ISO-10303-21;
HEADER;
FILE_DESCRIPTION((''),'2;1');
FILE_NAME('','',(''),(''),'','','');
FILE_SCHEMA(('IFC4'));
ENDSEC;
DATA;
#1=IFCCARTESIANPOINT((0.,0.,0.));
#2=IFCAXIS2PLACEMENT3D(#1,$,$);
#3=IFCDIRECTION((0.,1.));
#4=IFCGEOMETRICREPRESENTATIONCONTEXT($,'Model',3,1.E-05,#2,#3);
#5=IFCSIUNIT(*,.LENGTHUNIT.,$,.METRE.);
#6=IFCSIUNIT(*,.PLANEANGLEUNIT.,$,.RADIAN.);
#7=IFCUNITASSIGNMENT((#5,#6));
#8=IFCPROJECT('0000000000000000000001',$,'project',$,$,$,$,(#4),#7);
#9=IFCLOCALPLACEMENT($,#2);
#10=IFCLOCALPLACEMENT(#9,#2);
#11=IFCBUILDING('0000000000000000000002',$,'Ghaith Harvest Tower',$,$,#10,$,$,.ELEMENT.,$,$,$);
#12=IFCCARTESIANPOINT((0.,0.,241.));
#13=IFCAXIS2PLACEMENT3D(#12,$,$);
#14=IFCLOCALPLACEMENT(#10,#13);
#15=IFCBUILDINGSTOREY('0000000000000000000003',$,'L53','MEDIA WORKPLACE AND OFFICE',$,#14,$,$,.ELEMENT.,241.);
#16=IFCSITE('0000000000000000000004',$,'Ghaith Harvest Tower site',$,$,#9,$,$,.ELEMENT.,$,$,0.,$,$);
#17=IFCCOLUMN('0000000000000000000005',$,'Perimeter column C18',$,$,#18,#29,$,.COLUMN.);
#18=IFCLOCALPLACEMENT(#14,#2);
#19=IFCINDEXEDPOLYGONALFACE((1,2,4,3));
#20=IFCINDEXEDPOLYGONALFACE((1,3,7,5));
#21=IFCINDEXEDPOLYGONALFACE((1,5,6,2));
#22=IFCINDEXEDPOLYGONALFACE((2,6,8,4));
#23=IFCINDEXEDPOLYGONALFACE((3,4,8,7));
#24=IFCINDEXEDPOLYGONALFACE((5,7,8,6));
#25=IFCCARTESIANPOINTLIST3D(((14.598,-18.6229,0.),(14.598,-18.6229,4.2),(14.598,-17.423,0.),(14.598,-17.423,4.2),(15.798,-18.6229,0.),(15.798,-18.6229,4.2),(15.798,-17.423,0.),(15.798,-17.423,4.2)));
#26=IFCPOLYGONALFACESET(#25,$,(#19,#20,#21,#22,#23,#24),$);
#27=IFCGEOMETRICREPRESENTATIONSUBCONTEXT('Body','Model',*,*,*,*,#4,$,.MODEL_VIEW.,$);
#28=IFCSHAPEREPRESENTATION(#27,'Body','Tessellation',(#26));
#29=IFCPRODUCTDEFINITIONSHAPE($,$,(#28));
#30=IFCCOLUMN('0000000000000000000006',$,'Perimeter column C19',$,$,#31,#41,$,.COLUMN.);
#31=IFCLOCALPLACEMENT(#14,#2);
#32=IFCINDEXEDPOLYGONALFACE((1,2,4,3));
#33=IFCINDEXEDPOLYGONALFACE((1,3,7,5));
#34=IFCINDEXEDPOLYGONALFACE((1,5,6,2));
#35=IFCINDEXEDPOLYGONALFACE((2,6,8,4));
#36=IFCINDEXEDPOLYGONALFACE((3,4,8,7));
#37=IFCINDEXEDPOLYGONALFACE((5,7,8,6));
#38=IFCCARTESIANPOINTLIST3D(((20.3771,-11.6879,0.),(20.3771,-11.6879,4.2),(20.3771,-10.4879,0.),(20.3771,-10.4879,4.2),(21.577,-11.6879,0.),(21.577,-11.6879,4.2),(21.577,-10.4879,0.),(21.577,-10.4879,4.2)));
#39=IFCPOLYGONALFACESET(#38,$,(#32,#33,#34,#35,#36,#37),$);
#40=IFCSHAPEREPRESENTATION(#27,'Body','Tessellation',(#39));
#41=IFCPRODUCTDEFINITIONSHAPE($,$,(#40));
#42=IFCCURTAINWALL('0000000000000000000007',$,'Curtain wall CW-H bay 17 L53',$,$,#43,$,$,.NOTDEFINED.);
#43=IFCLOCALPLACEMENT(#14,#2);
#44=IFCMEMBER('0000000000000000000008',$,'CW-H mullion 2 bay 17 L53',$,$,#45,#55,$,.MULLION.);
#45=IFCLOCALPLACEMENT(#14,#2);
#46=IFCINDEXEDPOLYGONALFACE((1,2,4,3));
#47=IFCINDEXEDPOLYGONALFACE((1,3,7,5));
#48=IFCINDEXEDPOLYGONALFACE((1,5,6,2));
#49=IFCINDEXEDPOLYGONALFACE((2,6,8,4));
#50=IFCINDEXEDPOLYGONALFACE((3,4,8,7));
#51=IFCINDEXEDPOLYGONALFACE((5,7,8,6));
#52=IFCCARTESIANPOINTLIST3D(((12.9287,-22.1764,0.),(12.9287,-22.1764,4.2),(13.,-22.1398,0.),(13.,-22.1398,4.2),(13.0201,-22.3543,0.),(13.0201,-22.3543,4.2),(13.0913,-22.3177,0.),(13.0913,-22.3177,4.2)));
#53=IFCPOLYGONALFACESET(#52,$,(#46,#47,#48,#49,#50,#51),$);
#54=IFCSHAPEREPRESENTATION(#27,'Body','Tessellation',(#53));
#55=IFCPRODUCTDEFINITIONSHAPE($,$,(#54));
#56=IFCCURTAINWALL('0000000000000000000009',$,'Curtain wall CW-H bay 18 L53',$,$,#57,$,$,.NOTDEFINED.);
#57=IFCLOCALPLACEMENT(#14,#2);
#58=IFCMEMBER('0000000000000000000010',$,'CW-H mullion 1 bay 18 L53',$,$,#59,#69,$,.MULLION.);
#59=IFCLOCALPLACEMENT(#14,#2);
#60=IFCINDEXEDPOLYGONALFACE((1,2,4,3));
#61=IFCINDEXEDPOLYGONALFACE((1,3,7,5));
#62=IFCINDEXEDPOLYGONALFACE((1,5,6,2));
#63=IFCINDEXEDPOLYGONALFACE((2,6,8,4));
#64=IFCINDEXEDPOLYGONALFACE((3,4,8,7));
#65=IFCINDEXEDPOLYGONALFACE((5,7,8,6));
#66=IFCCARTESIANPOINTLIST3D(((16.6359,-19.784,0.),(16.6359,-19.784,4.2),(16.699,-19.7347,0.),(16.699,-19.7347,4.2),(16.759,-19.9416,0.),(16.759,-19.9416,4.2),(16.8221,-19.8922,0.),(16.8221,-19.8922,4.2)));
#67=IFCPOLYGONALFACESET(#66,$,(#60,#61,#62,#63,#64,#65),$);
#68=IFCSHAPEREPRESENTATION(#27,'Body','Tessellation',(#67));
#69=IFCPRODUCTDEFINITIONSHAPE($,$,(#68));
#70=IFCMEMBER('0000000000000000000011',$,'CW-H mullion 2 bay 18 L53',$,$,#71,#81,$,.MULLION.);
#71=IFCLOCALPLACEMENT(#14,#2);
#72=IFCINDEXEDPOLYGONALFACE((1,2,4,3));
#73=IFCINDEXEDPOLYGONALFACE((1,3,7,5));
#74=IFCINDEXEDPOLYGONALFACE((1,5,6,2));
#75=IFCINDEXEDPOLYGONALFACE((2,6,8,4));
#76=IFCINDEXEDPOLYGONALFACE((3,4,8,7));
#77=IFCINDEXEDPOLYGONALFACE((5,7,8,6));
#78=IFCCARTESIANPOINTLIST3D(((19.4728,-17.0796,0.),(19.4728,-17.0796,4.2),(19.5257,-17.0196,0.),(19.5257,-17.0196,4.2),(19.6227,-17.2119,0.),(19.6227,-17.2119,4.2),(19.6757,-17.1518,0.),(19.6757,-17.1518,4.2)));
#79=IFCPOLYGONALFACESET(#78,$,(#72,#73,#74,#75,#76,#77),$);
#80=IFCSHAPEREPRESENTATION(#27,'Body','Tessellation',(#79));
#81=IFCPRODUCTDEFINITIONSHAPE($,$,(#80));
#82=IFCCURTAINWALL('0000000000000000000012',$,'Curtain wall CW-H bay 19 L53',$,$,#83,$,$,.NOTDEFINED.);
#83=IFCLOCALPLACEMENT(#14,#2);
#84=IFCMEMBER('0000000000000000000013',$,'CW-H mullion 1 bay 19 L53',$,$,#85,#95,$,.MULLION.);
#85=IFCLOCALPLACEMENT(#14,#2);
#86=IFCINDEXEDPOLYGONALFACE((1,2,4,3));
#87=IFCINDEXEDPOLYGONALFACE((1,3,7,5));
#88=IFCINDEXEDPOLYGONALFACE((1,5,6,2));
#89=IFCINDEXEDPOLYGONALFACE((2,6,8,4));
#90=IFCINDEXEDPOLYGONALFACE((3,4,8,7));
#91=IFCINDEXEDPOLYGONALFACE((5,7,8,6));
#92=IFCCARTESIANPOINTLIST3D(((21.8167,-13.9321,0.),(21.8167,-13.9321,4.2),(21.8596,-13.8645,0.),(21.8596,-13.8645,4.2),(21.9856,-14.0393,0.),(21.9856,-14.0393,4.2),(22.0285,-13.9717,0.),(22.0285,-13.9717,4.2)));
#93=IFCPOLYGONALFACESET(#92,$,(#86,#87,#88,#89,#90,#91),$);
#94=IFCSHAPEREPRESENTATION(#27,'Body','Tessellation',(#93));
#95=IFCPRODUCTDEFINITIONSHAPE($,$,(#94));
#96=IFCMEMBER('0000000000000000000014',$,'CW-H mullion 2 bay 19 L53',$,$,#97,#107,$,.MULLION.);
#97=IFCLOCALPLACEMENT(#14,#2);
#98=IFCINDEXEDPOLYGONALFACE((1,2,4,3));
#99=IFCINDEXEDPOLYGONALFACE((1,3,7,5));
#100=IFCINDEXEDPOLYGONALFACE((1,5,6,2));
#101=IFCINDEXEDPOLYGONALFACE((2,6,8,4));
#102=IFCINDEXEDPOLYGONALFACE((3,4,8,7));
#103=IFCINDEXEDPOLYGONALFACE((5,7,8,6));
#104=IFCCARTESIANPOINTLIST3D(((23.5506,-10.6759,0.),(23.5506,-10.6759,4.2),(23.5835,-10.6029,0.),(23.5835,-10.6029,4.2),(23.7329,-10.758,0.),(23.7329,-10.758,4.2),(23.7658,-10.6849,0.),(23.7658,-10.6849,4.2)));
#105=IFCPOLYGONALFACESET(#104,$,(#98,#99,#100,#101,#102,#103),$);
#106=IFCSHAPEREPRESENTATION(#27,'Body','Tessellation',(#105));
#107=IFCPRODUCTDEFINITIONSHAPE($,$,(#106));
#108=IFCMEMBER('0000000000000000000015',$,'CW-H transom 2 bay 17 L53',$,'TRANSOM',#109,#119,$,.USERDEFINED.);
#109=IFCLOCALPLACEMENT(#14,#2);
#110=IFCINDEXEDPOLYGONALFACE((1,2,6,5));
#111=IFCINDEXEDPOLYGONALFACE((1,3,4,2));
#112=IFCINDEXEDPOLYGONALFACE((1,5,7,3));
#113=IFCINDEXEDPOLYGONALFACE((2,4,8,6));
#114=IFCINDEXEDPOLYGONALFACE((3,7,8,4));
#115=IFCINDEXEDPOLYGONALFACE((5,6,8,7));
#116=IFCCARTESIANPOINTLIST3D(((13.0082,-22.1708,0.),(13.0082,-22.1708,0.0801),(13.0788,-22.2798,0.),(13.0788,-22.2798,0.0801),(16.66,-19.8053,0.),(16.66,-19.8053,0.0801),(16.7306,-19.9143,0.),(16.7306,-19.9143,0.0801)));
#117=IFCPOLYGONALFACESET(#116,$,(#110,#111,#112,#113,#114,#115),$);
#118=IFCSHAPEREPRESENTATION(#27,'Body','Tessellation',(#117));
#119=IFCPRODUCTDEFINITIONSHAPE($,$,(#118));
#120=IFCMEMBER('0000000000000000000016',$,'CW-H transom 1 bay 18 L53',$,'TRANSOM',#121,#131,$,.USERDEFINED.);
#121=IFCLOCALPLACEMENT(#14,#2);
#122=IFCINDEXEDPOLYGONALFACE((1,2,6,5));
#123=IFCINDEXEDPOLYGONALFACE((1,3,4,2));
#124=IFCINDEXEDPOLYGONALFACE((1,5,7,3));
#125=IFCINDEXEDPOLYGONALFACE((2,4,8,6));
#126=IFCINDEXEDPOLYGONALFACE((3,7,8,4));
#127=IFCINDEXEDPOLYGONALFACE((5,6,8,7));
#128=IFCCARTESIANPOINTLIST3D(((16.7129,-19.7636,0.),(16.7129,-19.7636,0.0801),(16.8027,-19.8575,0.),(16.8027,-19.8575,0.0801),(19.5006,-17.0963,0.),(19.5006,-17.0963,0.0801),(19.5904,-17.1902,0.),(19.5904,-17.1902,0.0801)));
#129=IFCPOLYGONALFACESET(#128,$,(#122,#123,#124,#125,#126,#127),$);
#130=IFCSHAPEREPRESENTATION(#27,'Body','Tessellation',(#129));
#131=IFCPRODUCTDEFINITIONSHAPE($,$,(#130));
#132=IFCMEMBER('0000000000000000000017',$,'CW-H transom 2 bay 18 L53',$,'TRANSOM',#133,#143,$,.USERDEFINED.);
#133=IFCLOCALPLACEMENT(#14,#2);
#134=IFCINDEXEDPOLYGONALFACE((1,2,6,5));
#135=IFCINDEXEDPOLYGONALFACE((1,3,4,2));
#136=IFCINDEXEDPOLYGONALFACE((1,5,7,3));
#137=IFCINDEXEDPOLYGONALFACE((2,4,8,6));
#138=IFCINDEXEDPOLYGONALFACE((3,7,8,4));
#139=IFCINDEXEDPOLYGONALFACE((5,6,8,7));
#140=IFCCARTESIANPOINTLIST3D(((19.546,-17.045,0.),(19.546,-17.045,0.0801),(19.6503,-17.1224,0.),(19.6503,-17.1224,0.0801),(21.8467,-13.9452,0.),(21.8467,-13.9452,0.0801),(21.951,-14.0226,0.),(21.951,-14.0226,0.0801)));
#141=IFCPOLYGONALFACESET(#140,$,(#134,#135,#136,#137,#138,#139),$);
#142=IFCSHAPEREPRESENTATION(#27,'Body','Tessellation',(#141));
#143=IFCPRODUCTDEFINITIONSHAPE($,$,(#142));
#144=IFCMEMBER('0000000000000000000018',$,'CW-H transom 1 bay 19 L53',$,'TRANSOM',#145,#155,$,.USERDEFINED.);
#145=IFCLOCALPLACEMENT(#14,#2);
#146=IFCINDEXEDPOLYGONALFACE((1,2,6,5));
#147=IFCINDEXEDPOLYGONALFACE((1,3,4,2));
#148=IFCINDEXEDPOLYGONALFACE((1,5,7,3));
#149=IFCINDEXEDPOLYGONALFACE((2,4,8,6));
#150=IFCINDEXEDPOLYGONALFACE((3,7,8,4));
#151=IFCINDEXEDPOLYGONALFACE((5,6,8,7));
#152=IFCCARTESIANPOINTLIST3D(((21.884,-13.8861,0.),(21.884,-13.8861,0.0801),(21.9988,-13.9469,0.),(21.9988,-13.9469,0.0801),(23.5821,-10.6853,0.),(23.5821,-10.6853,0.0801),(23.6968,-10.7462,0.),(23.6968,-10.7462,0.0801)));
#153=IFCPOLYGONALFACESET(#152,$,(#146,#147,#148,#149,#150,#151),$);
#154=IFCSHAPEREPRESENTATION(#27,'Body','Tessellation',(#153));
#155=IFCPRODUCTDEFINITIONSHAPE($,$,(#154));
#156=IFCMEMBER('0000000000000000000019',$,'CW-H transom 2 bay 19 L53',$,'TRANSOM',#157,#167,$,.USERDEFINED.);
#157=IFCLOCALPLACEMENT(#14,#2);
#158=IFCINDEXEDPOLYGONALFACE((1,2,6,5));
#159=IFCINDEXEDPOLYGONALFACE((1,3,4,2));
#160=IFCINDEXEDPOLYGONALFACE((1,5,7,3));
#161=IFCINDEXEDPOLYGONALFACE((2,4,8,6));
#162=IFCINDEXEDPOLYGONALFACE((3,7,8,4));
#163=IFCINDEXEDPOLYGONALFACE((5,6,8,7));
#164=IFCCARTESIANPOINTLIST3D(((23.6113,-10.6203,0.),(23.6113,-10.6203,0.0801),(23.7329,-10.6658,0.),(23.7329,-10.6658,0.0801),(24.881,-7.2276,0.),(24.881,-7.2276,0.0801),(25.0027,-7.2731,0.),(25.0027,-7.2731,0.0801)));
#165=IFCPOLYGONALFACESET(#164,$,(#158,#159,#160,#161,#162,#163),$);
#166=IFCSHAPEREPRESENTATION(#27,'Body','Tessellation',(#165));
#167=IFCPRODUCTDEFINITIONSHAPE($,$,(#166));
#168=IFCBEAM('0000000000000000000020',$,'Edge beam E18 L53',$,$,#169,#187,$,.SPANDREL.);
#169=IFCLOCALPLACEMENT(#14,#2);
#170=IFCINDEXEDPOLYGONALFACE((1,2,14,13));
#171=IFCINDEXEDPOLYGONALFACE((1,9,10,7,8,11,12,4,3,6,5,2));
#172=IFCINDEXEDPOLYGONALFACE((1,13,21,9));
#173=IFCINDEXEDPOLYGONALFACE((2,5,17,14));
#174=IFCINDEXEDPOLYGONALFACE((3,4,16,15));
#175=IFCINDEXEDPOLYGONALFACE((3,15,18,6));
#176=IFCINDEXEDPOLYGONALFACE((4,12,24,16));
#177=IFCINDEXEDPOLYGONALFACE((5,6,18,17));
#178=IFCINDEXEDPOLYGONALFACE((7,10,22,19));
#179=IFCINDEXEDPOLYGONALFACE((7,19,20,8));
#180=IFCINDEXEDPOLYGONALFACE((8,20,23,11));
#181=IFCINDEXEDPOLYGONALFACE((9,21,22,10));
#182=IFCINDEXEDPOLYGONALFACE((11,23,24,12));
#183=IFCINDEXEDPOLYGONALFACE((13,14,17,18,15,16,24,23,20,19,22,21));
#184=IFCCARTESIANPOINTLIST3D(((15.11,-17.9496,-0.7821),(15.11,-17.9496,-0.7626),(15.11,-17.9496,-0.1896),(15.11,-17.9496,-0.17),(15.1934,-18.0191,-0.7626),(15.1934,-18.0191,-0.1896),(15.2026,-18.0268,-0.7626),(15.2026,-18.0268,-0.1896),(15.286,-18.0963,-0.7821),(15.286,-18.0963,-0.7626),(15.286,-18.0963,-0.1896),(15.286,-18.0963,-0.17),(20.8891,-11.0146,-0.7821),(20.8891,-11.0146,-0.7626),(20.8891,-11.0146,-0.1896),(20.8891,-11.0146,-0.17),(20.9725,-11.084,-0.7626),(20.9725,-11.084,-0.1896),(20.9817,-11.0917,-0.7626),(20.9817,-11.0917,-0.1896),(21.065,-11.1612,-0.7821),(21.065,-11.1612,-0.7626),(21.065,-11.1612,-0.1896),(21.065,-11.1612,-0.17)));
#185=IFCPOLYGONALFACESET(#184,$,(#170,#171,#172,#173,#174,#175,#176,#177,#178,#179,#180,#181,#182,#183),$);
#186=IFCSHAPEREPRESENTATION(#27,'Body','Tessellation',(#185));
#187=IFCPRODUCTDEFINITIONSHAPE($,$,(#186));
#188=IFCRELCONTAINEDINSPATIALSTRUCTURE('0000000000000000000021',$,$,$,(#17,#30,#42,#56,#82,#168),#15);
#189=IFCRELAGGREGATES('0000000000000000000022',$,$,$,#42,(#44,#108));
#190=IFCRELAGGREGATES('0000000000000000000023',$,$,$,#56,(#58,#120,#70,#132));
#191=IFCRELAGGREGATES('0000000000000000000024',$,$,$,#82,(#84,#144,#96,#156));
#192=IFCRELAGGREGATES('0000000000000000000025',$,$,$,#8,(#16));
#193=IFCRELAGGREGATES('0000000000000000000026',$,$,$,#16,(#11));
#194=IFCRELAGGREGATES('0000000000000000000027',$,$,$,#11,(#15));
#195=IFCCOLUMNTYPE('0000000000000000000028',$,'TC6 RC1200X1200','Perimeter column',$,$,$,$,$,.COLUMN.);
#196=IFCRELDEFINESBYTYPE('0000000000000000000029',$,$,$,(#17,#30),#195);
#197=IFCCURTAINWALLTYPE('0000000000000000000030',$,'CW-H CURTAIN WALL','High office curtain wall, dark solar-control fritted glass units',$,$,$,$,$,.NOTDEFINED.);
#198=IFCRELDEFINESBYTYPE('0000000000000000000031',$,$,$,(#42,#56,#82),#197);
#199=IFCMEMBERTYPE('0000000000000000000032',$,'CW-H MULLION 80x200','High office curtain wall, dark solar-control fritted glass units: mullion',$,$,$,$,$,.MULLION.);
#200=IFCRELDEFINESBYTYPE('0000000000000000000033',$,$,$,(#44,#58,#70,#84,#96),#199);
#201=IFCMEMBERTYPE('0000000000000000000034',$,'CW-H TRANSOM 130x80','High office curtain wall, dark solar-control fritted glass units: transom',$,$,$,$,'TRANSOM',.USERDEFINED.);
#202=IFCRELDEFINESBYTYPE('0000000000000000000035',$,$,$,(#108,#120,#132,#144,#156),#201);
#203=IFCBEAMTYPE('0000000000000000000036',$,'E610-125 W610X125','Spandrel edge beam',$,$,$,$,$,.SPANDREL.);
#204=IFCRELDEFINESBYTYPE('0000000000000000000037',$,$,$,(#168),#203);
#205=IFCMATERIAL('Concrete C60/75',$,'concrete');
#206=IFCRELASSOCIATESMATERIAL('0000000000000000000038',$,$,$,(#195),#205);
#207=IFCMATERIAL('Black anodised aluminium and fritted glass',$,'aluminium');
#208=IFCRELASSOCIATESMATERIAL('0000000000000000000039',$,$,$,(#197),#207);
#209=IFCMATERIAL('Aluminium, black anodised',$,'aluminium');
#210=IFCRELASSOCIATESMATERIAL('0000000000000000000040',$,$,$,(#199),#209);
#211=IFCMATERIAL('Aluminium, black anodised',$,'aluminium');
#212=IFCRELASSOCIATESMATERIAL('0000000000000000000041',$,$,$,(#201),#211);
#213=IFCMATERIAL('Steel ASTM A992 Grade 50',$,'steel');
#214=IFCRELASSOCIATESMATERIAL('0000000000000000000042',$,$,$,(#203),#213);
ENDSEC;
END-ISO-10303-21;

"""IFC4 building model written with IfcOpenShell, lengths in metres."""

from ifc_helpers import new_model, si_unit, direction, frame, origin, origin_2d, place, context, subcontext, project, spatial, rectangle, i_section, extrude, material, material_profile, profile_set, type_object, element, aggregate, save


model = new_model("IFC4")

# Units and contexts
model_context = context("Model", 3, precision=1e-05, world=origin(), true_north=direction((0.0, 1.0)))
body_context = subcontext(model_context, "Body", "Model", "MODEL_VIEW")
ifc_project = project(units=[si_unit("LENGTHUNIT", "METRE"), si_unit("PLANEANGLEUNIT", "RADIAN")], contexts=[model_context])

# Site, building, storey
site_placement = place(None, origin())
site = spatial("IfcSite", under=ifc_project, at=site_placement, Name="Ghaith Harvest Tower site", CompositionType="ELEMENT", RefElevation=0.0)
building_placement = place(site_placement, origin())
building = spatial("IfcBuilding", under=site, at=building_placement, Name="Ghaith Harvest Tower", CompositionType="ELEMENT")
storey_placement = place(building_placement, frame((0.0, 0.0, 241.0)))
storey = spatial("IfcBuildingStorey", under=building, at=storey_placement, Name="L53", Description="MEDIA WORKPLACE AND OFFICE", CompositionType="ELEMENT", Elevation=241.0)

# Columns
ifc_material_1 = material(Name="Concrete C60/75", Category="concrete")
ifc_material_profile_1 = material_profile(ifc_material_1, rectangle(XDim=1.2, YDim=1.2, at=origin_2d()), Name="RC1200X1200")
ifc_profile_set_1 = profile_set([ifc_material_profile_1], Name="Concrete C60/75")
column_type = type_object("IfcColumnType", Name="TC6 RC1200X1200", Description="Perimeter column", PredefinedType="COLUMN", material=ifc_profile_set_1)
for number, where, z_axis, x_axis, name in (
    (1, (15.198, -18.0229, 0.0), (0.0, 0.0, 1.0), (1.0, 0.0, 0.0), "Perimeter column C18"),
    (2, (20.9771, -11.0879, 0.0), (0.0, 0.0, 1.0), (1.0, 0.0, 0.0), "Perimeter column C19"),
):
    element("IfcColumn", number, at=place(storey_placement, frame(where, z_axis=z_axis, x_axis=x_axis)), inside=storey, type_object=column_type, Name=name, PredefinedType="COLUMN", context=body_context, shape_type="SweptSolid", body=[
        extrude(rectangle(XDim=1.2, YDim=1.2, at=origin_2d()), origin(), (0.0, 0.0, 1.0), 4.2),
    ])

# Curtain wall, member
ifc_material_2 = material(Name="Black anodised aluminium and fritted glass", Category="aluminium")
curtain_wall_type = type_object("IfcCurtainWallType", Name="CW-H CURTAIN WALL", Description="High office curtain wall, dark solar-control fritted glass units", PredefinedType="NOTDEFINED", material=ifc_material_2)
curtain_wall_1_placement = place(storey_placement, origin())
curtain_wall_1 = element("IfcCurtainWall", 3, at=curtain_wall_1_placement, inside=storey, type_object=curtain_wall_type, Name="Curtain wall CW-H bay 17 L53", PredefinedType="NOTDEFINED")
ifc_material_3 = material(Name="Aluminium, black anodised", Category="aluminium")
ifc_material_profile_2 = material_profile(ifc_material_3, rectangle(XDim=0.0801, YDim=0.2, at=origin_2d()), Name="CW-H MULLION 80x200")
ifc_profile_set_2 = profile_set([ifc_material_profile_2], Name="Aluminium, black anodised")
member_type_1 = type_object("IfcMemberType", Name="CW-H MULLION 80x200", Description="High office curtain wall, dark solar-control fritted glass units: mullion", PredefinedType="MULLION", material=ifc_profile_set_2)
member_1_placement = place(storey_placement, frame((13.01, -22.2471, 0.0), z_axis=(0.0, 0.0, 1.0), x_axis=(0.889568, 0.456802, 0.0)))
member_1 = element("IfcMember", 4, at=member_1_placement, type_object=member_type_1, Name="CW-H mullion 2 bay 17 L53", PredefinedType="MULLION", context=body_context, shape_type="SweptSolid", body=[
    extrude(rectangle(XDim=0.0801, YDim=0.2, at=origin_2d()), origin(), (0.0, 0.0, 1.0), 4.2),
])

# Curtain walls, members
curtain_wall_2_placement = place(storey_placement, origin())
curtain_wall_2 = element("IfcCurtainWall", 5, at=curtain_wall_2_placement, inside=storey, type_object=curtain_wall_type, Name="Curtain wall CW-H bay 18 L53", PredefinedType="NOTDEFINED")
member_2_placement = place(storey_placement, frame((16.729, -19.8381, 0.0), z_axis=(0.0, 0.0, 1.0), x_axis=(0.787846, 0.615873, 0.0)))
member_2 = element("IfcMember", 6, at=member_2_placement, type_object=member_type_1, Name="CW-H mullion 1 bay 18 L53", PredefinedType="MULLION", context=body_context, shape_type="SweptSolid", body=[
    extrude(rectangle(XDim=0.0801, YDim=0.2, at=origin_2d()), origin(), (0.0, 0.0, 1.0), 4.2),
])
member_3_placement = place(storey_placement, frame((19.5742, -17.1157, 0.0), z_axis=(0.0, 0.0, 1.0), x_axis=(0.661615, 0.749844, 0.0)))
member_3 = element("IfcMember", 7, at=member_3_placement, type_object=member_type_1, Name="CW-H mullion 2 bay 18 L53", PredefinedType="MULLION", context=body_context, shape_type="SweptSolid", body=[
    extrude(rectangle(XDim=0.0801, YDim=0.2, at=origin_2d()), origin(), (0.0, 0.0, 1.0), 4.2),
])
curtain_wall_3_placement = place(storey_placement, origin())
curtain_wall_3 = element("IfcCurtainWall", 8, at=curtain_wall_3_placement, inside=storey, type_object=curtain_wall_type, Name="Curtain wall CW-H bay 19 L53", PredefinedType="NOTDEFINED")
member_4_placement = place(storey_placement, frame((21.9226, -13.9519, 0.0), z_axis=(0.0, 0.0, 1.0), x_axis=(0.535827, 0.844328, 0.0)))
member_4 = element("IfcMember", 9, at=member_4_placement, type_object=member_type_1, Name="CW-H mullion 1 bay 19 L53", PredefinedType="MULLION", context=body_context, shape_type="SweptSolid", body=[
    extrude(rectangle(XDim=0.0801, YDim=0.2, at=origin_2d()), origin(), (0.0, 0.0, 1.0), 4.2),
])
member_5_placement = place(storey_placement, frame((23.6582, -10.6804, 0.0), z_axis=(0.0, 0.0, 1.0), x_axis=(0.41043, 0.911892, 0.0)))
member_5 = element("IfcMember", 10, at=member_5_placement, type_object=member_type_1, Name="CW-H mullion 2 bay 19 L53", PredefinedType="MULLION", context=body_context, shape_type="SweptSolid", body=[
    extrude(rectangle(XDim=0.0801, YDim=0.2, at=origin_2d()), origin(), (0.0, 0.0, 1.0), 4.2),
])

# Members
ifc_material_4 = material(Name="Aluminium, black anodised", Category="aluminium")
ifc_material_profile_3 = material_profile(ifc_material_4, rectangle(XDim=0.1299, YDim=0.0801, at=origin_2d()), Name="CW-H TRANSOM 130x80")
ifc_profile_set_3 = profile_set([ifc_material_profile_3], Name="Aluminium, black anodised")
member_type_2 = type_object("IfcMemberType", Name="CW-H TRANSOM 130x80", Description="High office curtain wall, dark solar-control fritted glass units: transom", ElementType="TRANSOM", PredefinedType="USERDEFINED", material=ifc_profile_set_3)
member_6_placement = place(storey_placement, frame((13.0435, -22.2253, 0.04), z_axis=(0.839307, 0.543658, 0.0), x_axis=(-0.543658, 0.839307, 0.0)))
member_6 = element("IfcMember", 11, at=member_6_placement, type_object=member_type_2, Name="CW-H transom 2 bay 17 L53", ObjectType="TRANSOM", PredefinedType="USERDEFINED", context=body_context, shape_type="SweptSolid", body=[
    extrude(rectangle(XDim=0.1299, YDim=0.0801, at=origin_2d()), origin(), (0.0, 0.0, 1.0), 4.3511),
])
member_7_placement = place(storey_placement, frame((16.7578, -19.8105, 0.04), z_axis=(0.722533, 0.691336, 0.0), x_axis=(-0.691336, 0.722533, 0.0)))
member_7 = element("IfcMember", 12, at=member_7_placement, type_object=member_type_2, Name="CW-H transom 1 bay 18 L53", ObjectType="TRANSOM", PredefinedType="USERDEFINED", context=body_context, shape_type="SweptSolid", body=[
    extrude(rectangle(XDim=0.1299, YDim=0.0801, at=origin_2d()), origin(), (0.0, 0.0, 1.0), 3.8582),
])
member_8_placement = place(storey_placement, frame((19.5981, -17.0837, 0.04), z_axis=(0.595996, 0.802988, 0.0), x_axis=(-0.802988, 0.595996, 0.0)))
member_8 = element("IfcMember", 13, at=member_8_placement, type_object=member_type_2, Name="CW-H transom 2 bay 18 L53", ObjectType="TRANSOM", PredefinedType="USERDEFINED", context=body_context, shape_type="SweptSolid", body=[
    extrude(rectangle(XDim=0.1299, YDim=0.0801, at=origin_2d()), origin(), (0.0, 0.0, 1.0), 3.8604),
])
member_9_placement = place(storey_placement, frame((21.9414, -13.9165, 0.04), z_axis=(0.468646, 0.883386, 0.0), x_axis=(-0.883386, 0.468646, 0.0)))
member_9 = element("IfcMember", 14, at=member_9_placement, type_object=member_type_2, Name="CW-H transom 1 bay 19 L53", ObjectType="TRANSOM", PredefinedType="USERDEFINED", context=body_context, shape_type="SweptSolid", body=[
    extrude(rectangle(XDim=0.1299, YDim=0.0801, at=origin_2d()), origin(), (0.0, 0.0, 1.0), 3.6233),
])
member_10_placement = place(storey_placement, frame((23.6721, -10.6431, 0.04), z_axis=(0.35051, 0.936559, 0.0), x_axis=(-0.936559, 0.35051, 0.0)))
member_10 = element("IfcMember", 15, at=member_10_placement, type_object=member_type_2, Name="CW-H transom 2 bay 19 L53", ObjectType="TRANSOM", PredefinedType="USERDEFINED", context=body_context, shape_type="SweptSolid", body=[
    extrude(rectangle(XDim=0.1299, YDim=0.0801, at=origin_2d()), origin(), (0.0, 0.0, 1.0), 3.6226),
])

# Beam
ifc_material_5 = material(Name="Steel ASTM A992 Grade 50", Category="steel")
ifc_material_profile_4 = material_profile(ifc_material_5, i_section(OverallWidth=0.229, OverallDepth=0.6121, WebThickness=0.012, FlangeThickness=0.0195, at=origin_2d()), Name="W610X125")
ifc_profile_set_4 = profile_set([ifc_material_profile_4], Name="Steel ASTM A992 Grade 50")
beam_type_1 = type_object("IfcBeamType", Name="E610-125 W610X125", Description="Spandrel edge beam", PredefinedType="SPANDREL", material=ifc_profile_set_4)
beam_1_placement = place(storey_placement, frame((15.198, -18.0229, -0.4761), z_axis=(0.640174, 0.76823, 0.0), x_axis=(-0.76823, 0.640174, 0.0)))
element("IfcBeam", 16, at=beam_1_placement, inside=storey, type_object=beam_type_1, Name="Edge beam E18 L53", PredefinedType="SPANDREL", context=body_context, shape_type="SweptSolid", body=[
    extrude(i_section(OverallWidth=0.229, OverallDepth=0.6121, WebThickness=0.012, FlangeThickness=0.0195, at=origin_2d()), origin(), (0.0, 0.0, 1.0), 9.0273),
])

aggregate(curtain_wall_1, [member_1, member_6])
aggregate(curtain_wall_2, [member_2, member_7, member_3, member_8])
aggregate(curtain_wall_3, [member_4, member_9, member_5, member_10])

save(model, "model.ifc")
